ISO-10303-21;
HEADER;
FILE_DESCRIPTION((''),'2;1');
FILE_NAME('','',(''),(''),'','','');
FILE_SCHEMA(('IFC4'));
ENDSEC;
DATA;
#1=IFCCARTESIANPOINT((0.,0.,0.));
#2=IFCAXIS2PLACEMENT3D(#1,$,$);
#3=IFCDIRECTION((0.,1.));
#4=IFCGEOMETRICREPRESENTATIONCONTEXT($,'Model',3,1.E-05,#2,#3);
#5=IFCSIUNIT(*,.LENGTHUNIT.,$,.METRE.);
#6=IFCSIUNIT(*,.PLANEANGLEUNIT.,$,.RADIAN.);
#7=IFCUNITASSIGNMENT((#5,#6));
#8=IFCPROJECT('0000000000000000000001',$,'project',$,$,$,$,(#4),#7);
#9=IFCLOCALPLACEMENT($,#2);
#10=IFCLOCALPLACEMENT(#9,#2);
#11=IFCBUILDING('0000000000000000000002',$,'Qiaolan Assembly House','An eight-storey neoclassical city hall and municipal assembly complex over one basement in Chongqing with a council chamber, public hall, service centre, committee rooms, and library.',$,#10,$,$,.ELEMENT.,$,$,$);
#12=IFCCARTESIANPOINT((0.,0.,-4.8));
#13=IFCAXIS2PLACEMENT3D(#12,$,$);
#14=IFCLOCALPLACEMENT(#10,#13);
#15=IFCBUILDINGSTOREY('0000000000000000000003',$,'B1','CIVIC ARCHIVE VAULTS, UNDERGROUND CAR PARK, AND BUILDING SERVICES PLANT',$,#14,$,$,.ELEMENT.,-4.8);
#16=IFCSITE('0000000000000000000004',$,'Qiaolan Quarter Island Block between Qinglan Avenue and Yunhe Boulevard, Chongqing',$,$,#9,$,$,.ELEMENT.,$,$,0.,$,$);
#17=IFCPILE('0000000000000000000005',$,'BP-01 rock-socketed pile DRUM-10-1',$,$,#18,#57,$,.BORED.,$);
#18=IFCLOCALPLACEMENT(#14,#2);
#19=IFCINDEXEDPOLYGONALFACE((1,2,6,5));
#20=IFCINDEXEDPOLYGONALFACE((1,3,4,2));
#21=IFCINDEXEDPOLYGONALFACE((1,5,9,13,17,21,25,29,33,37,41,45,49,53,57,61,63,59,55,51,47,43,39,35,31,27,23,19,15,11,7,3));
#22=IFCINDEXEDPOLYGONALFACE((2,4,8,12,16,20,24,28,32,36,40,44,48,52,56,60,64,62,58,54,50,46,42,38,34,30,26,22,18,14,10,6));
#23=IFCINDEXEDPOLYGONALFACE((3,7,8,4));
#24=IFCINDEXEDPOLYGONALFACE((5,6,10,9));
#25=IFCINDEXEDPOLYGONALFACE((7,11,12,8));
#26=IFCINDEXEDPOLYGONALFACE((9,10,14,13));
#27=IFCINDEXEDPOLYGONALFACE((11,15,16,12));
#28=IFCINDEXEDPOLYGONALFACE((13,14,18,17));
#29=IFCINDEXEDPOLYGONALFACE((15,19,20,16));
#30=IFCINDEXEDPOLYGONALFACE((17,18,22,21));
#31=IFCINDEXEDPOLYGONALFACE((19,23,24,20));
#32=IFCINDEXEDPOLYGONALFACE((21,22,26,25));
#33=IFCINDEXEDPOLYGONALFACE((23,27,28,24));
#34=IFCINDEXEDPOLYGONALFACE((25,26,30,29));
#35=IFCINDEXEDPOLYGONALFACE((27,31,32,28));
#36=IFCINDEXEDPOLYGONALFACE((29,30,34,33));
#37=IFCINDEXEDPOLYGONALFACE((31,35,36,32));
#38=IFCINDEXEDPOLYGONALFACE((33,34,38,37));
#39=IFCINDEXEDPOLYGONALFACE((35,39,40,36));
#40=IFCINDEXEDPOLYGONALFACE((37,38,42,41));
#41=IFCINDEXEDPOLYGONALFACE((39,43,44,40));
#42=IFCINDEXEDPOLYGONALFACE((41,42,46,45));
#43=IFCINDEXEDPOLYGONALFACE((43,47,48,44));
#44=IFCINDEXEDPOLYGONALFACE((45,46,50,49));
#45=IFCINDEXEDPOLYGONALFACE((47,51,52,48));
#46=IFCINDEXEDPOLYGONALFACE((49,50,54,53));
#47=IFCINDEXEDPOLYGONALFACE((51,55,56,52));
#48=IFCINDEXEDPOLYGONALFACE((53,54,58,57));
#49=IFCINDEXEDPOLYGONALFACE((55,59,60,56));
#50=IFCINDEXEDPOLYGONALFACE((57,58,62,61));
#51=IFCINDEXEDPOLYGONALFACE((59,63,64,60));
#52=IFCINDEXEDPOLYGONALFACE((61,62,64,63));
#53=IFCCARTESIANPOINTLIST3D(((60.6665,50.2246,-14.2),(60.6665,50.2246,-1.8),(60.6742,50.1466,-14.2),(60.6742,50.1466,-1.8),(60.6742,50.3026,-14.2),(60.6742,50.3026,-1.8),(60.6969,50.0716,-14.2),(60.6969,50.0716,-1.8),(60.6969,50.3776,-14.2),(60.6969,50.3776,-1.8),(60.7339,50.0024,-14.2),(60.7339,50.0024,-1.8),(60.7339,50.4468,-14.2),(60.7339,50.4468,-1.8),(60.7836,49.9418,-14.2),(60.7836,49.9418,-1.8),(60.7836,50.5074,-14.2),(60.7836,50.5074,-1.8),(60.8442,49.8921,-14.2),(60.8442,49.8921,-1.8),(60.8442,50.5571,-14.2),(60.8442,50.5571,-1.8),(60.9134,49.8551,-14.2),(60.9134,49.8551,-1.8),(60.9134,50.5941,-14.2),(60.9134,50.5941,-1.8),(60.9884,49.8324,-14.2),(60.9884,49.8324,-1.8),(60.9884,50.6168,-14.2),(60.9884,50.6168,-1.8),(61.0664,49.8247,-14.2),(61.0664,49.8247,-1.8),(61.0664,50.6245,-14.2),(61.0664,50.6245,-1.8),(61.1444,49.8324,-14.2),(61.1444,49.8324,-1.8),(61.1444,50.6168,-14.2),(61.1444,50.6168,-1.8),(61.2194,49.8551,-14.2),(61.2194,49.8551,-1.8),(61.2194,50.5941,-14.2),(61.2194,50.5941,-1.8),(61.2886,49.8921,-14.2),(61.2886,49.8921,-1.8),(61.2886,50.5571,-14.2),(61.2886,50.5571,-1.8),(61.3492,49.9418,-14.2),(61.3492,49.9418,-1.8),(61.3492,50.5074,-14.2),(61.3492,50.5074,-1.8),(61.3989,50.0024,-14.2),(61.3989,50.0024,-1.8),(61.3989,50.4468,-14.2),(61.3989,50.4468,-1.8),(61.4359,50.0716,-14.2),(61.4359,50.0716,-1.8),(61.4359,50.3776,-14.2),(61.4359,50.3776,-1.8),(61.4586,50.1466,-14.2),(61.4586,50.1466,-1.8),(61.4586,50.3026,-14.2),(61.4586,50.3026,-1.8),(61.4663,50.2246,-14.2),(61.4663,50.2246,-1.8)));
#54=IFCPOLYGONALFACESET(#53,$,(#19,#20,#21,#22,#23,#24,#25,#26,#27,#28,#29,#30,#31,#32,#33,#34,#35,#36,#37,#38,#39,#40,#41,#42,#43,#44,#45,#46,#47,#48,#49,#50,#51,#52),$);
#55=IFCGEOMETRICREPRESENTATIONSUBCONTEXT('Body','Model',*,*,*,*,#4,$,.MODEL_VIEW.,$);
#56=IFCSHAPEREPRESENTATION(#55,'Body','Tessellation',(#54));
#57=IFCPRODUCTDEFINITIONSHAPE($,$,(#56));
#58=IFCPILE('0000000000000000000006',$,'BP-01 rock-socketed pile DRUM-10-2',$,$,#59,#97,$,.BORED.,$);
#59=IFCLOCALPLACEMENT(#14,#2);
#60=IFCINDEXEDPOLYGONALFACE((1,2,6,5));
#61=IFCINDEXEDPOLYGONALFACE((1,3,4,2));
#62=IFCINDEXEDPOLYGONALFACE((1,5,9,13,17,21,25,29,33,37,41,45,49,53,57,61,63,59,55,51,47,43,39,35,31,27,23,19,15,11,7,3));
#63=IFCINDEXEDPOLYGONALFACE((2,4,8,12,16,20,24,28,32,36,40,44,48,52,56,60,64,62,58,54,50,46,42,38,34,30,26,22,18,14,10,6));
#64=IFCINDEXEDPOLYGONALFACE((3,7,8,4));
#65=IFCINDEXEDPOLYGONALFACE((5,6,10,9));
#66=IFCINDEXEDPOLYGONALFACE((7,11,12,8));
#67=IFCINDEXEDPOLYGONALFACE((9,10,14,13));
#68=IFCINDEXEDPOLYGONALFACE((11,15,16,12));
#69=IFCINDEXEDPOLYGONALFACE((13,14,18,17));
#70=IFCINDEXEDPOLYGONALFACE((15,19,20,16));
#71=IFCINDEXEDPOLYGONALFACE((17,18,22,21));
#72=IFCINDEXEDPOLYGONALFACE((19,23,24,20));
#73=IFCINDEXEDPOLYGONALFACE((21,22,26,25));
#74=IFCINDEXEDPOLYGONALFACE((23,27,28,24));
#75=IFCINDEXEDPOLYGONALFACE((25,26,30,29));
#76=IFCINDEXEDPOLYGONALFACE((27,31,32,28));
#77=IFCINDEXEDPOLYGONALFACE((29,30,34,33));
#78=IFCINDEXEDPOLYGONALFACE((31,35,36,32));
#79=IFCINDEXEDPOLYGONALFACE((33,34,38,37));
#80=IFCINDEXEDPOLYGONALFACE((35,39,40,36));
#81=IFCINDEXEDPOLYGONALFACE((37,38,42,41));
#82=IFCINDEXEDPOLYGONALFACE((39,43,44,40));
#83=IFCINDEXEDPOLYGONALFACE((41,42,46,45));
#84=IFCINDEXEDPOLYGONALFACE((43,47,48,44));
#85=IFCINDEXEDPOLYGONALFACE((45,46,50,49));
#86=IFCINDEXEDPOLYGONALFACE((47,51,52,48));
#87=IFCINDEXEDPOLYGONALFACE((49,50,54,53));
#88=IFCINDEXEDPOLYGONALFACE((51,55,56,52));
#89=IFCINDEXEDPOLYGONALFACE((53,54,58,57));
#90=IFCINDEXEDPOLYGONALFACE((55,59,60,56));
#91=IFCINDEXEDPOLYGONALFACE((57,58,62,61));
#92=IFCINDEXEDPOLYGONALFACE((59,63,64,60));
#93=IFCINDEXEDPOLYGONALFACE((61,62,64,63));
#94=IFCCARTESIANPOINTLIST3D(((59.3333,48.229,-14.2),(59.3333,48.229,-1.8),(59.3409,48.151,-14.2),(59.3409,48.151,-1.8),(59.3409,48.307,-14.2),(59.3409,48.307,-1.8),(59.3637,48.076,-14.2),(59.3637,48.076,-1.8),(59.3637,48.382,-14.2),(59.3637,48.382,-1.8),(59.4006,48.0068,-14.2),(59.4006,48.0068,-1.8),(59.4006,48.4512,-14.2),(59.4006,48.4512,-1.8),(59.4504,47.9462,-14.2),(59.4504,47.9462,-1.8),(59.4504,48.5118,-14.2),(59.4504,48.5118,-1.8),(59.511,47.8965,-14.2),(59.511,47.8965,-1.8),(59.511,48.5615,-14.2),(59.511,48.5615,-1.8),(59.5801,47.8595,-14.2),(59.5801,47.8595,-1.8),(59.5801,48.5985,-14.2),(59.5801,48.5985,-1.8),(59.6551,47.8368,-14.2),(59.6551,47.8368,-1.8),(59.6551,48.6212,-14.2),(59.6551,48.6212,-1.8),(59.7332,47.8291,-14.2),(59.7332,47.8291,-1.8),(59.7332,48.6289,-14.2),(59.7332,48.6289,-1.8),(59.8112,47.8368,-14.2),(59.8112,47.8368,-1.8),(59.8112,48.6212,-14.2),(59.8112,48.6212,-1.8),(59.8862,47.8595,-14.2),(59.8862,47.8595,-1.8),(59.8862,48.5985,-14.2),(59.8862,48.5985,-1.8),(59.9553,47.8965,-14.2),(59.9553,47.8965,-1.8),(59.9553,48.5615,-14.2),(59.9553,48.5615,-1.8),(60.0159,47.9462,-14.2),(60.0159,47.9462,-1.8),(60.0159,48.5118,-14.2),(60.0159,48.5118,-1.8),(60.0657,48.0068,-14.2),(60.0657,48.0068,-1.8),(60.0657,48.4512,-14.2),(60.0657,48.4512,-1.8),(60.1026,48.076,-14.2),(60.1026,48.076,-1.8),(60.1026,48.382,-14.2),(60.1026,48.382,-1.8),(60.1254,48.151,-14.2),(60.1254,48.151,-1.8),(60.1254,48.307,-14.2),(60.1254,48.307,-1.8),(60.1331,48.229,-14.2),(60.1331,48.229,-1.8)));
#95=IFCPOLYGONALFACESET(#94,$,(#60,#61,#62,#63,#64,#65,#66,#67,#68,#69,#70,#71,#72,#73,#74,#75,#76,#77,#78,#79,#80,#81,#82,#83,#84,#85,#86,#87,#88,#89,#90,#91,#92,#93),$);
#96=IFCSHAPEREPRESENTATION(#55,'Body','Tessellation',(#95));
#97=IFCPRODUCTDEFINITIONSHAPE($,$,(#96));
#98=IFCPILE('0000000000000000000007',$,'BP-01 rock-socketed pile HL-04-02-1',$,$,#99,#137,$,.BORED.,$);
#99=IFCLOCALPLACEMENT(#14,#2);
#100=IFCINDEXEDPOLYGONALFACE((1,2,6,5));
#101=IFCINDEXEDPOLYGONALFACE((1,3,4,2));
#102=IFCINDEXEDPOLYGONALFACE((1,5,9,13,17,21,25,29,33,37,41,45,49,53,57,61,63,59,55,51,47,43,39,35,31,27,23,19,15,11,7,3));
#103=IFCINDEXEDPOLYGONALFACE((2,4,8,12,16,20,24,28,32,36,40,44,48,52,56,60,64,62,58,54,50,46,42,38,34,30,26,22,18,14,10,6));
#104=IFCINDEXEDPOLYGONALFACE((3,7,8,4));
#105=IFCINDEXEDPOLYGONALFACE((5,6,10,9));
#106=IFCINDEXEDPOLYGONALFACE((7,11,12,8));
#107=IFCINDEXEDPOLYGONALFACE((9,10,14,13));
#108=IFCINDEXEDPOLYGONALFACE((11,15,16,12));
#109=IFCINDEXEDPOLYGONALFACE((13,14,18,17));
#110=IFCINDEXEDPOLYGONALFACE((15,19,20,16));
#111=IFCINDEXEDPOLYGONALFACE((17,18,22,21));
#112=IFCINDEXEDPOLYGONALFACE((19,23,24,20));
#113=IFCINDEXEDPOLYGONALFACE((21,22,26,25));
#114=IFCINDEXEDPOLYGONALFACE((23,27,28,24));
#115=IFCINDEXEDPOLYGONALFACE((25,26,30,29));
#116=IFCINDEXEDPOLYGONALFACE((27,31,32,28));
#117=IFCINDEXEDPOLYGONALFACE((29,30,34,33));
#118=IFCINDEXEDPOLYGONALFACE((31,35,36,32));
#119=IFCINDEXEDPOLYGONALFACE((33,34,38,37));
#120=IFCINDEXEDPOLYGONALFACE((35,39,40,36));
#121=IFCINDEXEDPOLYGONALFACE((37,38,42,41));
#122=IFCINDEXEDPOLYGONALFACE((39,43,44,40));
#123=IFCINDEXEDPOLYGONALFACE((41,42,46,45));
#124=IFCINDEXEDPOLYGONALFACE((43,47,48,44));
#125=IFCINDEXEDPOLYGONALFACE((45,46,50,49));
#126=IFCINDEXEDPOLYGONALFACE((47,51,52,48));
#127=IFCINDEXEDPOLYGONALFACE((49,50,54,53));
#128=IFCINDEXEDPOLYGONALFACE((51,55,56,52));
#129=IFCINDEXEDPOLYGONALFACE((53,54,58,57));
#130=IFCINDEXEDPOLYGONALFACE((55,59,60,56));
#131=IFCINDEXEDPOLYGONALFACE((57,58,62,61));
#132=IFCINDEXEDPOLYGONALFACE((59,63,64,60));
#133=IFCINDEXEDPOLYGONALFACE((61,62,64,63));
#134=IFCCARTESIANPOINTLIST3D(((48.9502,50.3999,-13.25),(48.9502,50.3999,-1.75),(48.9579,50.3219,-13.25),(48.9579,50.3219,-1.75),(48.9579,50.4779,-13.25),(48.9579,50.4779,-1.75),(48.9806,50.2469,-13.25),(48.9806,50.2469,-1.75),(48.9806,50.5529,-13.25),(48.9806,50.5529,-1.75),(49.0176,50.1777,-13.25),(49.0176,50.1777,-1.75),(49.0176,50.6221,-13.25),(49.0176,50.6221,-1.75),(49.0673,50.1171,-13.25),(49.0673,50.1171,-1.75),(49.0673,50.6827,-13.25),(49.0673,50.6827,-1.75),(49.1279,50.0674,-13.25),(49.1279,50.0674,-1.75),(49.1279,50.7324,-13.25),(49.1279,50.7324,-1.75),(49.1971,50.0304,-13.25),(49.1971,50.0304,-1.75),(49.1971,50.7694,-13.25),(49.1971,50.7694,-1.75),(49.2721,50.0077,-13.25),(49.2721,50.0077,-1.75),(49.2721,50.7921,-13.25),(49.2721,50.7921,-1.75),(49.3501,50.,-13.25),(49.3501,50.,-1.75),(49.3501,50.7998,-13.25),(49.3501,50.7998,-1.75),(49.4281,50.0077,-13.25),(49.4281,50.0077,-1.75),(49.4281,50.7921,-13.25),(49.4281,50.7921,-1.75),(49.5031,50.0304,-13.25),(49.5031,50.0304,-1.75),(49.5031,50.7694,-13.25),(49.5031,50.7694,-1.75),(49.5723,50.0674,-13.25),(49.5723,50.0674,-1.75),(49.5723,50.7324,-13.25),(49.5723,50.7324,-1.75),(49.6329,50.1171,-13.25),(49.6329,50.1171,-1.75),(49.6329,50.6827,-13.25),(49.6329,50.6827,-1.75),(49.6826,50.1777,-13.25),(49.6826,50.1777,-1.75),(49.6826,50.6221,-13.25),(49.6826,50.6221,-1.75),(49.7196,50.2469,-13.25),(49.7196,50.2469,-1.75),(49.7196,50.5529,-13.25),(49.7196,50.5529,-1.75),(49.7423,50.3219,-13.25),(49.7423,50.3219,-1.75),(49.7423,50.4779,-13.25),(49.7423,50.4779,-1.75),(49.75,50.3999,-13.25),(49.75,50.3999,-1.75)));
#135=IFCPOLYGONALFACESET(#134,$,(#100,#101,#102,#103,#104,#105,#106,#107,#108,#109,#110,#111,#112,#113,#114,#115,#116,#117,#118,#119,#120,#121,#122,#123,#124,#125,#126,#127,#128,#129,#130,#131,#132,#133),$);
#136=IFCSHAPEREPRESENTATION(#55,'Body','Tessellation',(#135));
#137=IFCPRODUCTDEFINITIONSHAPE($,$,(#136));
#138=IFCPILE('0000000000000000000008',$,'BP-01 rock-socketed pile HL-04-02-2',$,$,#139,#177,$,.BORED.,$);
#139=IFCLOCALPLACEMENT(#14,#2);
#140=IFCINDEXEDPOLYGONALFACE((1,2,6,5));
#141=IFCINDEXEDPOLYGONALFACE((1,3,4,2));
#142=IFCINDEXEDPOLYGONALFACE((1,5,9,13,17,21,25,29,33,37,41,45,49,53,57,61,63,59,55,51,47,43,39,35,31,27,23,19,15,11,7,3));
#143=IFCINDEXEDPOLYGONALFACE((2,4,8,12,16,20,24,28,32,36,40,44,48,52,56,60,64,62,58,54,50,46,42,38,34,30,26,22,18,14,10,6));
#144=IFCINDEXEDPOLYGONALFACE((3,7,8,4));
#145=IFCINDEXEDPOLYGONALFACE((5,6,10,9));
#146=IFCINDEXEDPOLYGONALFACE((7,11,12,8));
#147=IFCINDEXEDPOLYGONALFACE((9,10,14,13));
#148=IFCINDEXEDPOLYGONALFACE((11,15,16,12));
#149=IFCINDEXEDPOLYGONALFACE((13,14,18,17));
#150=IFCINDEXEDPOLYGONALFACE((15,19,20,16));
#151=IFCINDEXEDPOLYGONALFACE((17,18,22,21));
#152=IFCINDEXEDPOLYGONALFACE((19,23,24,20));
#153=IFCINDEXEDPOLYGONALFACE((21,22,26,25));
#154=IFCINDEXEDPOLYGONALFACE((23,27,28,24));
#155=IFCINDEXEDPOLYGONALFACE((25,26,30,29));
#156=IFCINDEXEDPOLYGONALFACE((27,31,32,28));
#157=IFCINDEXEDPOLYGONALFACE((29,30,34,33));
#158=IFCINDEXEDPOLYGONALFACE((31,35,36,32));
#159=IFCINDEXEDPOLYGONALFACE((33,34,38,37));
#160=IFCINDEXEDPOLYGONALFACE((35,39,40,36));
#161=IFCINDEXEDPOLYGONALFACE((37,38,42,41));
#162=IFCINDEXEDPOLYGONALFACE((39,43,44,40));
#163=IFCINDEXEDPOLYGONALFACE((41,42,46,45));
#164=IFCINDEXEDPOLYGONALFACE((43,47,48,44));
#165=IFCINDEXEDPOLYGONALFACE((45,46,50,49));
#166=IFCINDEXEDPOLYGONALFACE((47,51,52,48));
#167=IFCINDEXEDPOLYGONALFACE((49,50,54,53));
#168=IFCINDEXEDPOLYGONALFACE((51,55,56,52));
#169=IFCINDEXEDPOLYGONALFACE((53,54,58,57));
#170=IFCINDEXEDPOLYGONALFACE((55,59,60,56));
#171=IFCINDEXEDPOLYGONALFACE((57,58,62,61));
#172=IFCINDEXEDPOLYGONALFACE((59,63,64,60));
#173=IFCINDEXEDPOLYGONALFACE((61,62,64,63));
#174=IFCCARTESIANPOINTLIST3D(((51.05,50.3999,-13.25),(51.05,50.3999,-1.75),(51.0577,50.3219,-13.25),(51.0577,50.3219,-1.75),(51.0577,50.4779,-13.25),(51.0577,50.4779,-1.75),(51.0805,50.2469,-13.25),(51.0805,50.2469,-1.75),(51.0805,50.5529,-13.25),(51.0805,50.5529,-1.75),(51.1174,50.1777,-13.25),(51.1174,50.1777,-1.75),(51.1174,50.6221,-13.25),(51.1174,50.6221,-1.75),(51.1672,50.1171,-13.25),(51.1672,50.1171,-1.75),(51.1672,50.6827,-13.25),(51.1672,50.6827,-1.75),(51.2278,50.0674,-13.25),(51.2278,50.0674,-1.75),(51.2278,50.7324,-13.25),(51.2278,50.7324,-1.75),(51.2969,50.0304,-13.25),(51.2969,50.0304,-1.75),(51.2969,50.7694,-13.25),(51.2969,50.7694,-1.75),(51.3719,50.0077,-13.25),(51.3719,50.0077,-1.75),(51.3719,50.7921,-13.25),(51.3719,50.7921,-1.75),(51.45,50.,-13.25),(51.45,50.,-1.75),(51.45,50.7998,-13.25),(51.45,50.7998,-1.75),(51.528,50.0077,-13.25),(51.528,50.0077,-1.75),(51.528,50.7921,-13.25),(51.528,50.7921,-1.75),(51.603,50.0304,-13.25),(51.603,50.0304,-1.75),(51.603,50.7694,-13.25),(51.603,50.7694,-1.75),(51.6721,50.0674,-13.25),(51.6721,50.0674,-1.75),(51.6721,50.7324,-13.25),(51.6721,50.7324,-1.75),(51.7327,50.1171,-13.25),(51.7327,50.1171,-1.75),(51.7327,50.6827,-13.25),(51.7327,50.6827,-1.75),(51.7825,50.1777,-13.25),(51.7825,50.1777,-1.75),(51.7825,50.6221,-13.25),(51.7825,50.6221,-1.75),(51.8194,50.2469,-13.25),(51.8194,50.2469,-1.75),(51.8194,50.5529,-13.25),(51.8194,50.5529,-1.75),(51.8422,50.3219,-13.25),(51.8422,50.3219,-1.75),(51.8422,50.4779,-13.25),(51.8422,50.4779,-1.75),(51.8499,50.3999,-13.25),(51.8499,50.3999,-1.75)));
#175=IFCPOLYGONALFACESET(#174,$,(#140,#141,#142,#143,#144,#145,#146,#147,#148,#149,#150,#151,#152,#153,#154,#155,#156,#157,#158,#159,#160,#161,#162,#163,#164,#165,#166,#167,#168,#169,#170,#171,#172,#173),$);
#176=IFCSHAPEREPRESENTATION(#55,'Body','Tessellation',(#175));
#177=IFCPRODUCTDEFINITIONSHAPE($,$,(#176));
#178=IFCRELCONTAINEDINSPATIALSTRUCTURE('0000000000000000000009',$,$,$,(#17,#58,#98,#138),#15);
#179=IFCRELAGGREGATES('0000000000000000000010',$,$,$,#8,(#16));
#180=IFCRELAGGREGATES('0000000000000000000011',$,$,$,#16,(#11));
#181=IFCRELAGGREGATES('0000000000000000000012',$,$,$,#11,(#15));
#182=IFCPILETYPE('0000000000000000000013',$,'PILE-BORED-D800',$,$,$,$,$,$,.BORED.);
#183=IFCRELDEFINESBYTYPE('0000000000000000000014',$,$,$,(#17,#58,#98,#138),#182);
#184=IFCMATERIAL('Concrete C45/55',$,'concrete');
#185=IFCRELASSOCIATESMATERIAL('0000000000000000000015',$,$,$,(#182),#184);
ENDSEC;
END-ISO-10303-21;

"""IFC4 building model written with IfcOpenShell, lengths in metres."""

from ifc_helpers import new_model, si_unit, direction, frame, origin, origin_2d, place, context, subcontext, project, spatial, circle, extrude, material, material_profile, profile_set, type_object, element, save


model = new_model("IFC4")

# Units and contexts
model_context = context("Model", 3, precision=1e-05, world=origin(), true_north=direction((0.0, 1.0)))
body_context = subcontext(model_context, "Body", "Model", "MODEL_VIEW")
ifc_project = project(units=[si_unit("LENGTHUNIT", "METRE"), si_unit("PLANEANGLEUNIT", "RADIAN")], contexts=[model_context])

# Site, building, storey
site_placement = place(None, origin())
site = spatial("IfcSite", under=ifc_project, at=site_placement, Name="Qiaolan Quarter Island Block between Qinglan Avenue and Yunhe Boulevard, Chongqing", CompositionType="ELEMENT", RefElevation=0.0)
building_placement = place(site_placement, origin())
building = spatial("IfcBuilding", under=site, at=building_placement, Name="Qiaolan Assembly House", Description="An eight-storey neoclassical city hall and municipal assembly complex over one basement in Chongqing with a council chamber, public hall, service centre, committee rooms, and library.", CompositionType="ELEMENT")
storey_placement = place(building_placement, frame((0.0, 0.0, -4.8)))
storey = spatial("IfcBuildingStorey", under=building, at=storey_placement, Name="B1", Description="CIVIC ARCHIVE VAULTS, UNDERGROUND CAR PARK, AND BUILDING SERVICES PLANT", CompositionType="ELEMENT", Elevation=-4.8)

# Piles
ifc_material_1 = material(Name="Concrete C45/55", Category="concrete")
ifc_material_profile_1 = material_profile(ifc_material_1, circle(Radius=0.3999, at=origin_2d()), Name="PILE D800")
ifc_profile_set_1 = profile_set([ifc_material_profile_1], Name="Concrete C45/55")
pile_type_1 = type_object("IfcPileType", Name="PILE-BORED-D800", PredefinedType="BORED", material=ifc_profile_set_1)
for number, where, z_axis, x_axis, name in (
    (1, (61.0664, 50.2246, -1.8), (0.0, 0.0, -1.0), (1.0, 0.0, 0.0), "BP-01 rock-socketed pile DRUM-10-1"),
    (2, (59.7332, 48.229, -1.8), (0.0, 0.0, -1.0), (1.0, 0.0, 0.0), "BP-01 rock-socketed pile DRUM-10-2"),
):
    element("IfcPile", number, at=place(storey_placement, frame(where, z_axis=z_axis, x_axis=x_axis)), inside=storey, type_object=pile_type_1, Name=name, PredefinedType="BORED", context=body_context, shape_type="SweptSolid", body=[
        extrude(circle(Radius=0.3999, at=origin_2d()), origin(), (0.0, 0.0, 1.0), 12.3999),
    ])
for number, where, z_axis, x_axis, name in (
    (3, (49.3501, 50.3999, -1.75), (0.0, 0.0, -1.0), (1.0, 0.0, 0.0), "BP-01 rock-socketed pile HL-04-02-1"),
    (4, (51.45, 50.3999, -1.75), (0.0, 0.0, -1.0), (1.0, 0.0, 0.0), "BP-01 rock-socketed pile HL-04-02-2"),
):
    element("IfcPile", number, at=place(storey_placement, frame(where, z_axis=z_axis, x_axis=x_axis)), inside=storey, type_object=pile_type_1, Name=name, PredefinedType="BORED", context=body_context, shape_type="SweptSolid", body=[
        extrude(circle(Radius=0.3999, at=origin_2d()), origin(), (0.0, 0.0, 1.0), 11.5),
    ])

save(model, "model.ifc")
